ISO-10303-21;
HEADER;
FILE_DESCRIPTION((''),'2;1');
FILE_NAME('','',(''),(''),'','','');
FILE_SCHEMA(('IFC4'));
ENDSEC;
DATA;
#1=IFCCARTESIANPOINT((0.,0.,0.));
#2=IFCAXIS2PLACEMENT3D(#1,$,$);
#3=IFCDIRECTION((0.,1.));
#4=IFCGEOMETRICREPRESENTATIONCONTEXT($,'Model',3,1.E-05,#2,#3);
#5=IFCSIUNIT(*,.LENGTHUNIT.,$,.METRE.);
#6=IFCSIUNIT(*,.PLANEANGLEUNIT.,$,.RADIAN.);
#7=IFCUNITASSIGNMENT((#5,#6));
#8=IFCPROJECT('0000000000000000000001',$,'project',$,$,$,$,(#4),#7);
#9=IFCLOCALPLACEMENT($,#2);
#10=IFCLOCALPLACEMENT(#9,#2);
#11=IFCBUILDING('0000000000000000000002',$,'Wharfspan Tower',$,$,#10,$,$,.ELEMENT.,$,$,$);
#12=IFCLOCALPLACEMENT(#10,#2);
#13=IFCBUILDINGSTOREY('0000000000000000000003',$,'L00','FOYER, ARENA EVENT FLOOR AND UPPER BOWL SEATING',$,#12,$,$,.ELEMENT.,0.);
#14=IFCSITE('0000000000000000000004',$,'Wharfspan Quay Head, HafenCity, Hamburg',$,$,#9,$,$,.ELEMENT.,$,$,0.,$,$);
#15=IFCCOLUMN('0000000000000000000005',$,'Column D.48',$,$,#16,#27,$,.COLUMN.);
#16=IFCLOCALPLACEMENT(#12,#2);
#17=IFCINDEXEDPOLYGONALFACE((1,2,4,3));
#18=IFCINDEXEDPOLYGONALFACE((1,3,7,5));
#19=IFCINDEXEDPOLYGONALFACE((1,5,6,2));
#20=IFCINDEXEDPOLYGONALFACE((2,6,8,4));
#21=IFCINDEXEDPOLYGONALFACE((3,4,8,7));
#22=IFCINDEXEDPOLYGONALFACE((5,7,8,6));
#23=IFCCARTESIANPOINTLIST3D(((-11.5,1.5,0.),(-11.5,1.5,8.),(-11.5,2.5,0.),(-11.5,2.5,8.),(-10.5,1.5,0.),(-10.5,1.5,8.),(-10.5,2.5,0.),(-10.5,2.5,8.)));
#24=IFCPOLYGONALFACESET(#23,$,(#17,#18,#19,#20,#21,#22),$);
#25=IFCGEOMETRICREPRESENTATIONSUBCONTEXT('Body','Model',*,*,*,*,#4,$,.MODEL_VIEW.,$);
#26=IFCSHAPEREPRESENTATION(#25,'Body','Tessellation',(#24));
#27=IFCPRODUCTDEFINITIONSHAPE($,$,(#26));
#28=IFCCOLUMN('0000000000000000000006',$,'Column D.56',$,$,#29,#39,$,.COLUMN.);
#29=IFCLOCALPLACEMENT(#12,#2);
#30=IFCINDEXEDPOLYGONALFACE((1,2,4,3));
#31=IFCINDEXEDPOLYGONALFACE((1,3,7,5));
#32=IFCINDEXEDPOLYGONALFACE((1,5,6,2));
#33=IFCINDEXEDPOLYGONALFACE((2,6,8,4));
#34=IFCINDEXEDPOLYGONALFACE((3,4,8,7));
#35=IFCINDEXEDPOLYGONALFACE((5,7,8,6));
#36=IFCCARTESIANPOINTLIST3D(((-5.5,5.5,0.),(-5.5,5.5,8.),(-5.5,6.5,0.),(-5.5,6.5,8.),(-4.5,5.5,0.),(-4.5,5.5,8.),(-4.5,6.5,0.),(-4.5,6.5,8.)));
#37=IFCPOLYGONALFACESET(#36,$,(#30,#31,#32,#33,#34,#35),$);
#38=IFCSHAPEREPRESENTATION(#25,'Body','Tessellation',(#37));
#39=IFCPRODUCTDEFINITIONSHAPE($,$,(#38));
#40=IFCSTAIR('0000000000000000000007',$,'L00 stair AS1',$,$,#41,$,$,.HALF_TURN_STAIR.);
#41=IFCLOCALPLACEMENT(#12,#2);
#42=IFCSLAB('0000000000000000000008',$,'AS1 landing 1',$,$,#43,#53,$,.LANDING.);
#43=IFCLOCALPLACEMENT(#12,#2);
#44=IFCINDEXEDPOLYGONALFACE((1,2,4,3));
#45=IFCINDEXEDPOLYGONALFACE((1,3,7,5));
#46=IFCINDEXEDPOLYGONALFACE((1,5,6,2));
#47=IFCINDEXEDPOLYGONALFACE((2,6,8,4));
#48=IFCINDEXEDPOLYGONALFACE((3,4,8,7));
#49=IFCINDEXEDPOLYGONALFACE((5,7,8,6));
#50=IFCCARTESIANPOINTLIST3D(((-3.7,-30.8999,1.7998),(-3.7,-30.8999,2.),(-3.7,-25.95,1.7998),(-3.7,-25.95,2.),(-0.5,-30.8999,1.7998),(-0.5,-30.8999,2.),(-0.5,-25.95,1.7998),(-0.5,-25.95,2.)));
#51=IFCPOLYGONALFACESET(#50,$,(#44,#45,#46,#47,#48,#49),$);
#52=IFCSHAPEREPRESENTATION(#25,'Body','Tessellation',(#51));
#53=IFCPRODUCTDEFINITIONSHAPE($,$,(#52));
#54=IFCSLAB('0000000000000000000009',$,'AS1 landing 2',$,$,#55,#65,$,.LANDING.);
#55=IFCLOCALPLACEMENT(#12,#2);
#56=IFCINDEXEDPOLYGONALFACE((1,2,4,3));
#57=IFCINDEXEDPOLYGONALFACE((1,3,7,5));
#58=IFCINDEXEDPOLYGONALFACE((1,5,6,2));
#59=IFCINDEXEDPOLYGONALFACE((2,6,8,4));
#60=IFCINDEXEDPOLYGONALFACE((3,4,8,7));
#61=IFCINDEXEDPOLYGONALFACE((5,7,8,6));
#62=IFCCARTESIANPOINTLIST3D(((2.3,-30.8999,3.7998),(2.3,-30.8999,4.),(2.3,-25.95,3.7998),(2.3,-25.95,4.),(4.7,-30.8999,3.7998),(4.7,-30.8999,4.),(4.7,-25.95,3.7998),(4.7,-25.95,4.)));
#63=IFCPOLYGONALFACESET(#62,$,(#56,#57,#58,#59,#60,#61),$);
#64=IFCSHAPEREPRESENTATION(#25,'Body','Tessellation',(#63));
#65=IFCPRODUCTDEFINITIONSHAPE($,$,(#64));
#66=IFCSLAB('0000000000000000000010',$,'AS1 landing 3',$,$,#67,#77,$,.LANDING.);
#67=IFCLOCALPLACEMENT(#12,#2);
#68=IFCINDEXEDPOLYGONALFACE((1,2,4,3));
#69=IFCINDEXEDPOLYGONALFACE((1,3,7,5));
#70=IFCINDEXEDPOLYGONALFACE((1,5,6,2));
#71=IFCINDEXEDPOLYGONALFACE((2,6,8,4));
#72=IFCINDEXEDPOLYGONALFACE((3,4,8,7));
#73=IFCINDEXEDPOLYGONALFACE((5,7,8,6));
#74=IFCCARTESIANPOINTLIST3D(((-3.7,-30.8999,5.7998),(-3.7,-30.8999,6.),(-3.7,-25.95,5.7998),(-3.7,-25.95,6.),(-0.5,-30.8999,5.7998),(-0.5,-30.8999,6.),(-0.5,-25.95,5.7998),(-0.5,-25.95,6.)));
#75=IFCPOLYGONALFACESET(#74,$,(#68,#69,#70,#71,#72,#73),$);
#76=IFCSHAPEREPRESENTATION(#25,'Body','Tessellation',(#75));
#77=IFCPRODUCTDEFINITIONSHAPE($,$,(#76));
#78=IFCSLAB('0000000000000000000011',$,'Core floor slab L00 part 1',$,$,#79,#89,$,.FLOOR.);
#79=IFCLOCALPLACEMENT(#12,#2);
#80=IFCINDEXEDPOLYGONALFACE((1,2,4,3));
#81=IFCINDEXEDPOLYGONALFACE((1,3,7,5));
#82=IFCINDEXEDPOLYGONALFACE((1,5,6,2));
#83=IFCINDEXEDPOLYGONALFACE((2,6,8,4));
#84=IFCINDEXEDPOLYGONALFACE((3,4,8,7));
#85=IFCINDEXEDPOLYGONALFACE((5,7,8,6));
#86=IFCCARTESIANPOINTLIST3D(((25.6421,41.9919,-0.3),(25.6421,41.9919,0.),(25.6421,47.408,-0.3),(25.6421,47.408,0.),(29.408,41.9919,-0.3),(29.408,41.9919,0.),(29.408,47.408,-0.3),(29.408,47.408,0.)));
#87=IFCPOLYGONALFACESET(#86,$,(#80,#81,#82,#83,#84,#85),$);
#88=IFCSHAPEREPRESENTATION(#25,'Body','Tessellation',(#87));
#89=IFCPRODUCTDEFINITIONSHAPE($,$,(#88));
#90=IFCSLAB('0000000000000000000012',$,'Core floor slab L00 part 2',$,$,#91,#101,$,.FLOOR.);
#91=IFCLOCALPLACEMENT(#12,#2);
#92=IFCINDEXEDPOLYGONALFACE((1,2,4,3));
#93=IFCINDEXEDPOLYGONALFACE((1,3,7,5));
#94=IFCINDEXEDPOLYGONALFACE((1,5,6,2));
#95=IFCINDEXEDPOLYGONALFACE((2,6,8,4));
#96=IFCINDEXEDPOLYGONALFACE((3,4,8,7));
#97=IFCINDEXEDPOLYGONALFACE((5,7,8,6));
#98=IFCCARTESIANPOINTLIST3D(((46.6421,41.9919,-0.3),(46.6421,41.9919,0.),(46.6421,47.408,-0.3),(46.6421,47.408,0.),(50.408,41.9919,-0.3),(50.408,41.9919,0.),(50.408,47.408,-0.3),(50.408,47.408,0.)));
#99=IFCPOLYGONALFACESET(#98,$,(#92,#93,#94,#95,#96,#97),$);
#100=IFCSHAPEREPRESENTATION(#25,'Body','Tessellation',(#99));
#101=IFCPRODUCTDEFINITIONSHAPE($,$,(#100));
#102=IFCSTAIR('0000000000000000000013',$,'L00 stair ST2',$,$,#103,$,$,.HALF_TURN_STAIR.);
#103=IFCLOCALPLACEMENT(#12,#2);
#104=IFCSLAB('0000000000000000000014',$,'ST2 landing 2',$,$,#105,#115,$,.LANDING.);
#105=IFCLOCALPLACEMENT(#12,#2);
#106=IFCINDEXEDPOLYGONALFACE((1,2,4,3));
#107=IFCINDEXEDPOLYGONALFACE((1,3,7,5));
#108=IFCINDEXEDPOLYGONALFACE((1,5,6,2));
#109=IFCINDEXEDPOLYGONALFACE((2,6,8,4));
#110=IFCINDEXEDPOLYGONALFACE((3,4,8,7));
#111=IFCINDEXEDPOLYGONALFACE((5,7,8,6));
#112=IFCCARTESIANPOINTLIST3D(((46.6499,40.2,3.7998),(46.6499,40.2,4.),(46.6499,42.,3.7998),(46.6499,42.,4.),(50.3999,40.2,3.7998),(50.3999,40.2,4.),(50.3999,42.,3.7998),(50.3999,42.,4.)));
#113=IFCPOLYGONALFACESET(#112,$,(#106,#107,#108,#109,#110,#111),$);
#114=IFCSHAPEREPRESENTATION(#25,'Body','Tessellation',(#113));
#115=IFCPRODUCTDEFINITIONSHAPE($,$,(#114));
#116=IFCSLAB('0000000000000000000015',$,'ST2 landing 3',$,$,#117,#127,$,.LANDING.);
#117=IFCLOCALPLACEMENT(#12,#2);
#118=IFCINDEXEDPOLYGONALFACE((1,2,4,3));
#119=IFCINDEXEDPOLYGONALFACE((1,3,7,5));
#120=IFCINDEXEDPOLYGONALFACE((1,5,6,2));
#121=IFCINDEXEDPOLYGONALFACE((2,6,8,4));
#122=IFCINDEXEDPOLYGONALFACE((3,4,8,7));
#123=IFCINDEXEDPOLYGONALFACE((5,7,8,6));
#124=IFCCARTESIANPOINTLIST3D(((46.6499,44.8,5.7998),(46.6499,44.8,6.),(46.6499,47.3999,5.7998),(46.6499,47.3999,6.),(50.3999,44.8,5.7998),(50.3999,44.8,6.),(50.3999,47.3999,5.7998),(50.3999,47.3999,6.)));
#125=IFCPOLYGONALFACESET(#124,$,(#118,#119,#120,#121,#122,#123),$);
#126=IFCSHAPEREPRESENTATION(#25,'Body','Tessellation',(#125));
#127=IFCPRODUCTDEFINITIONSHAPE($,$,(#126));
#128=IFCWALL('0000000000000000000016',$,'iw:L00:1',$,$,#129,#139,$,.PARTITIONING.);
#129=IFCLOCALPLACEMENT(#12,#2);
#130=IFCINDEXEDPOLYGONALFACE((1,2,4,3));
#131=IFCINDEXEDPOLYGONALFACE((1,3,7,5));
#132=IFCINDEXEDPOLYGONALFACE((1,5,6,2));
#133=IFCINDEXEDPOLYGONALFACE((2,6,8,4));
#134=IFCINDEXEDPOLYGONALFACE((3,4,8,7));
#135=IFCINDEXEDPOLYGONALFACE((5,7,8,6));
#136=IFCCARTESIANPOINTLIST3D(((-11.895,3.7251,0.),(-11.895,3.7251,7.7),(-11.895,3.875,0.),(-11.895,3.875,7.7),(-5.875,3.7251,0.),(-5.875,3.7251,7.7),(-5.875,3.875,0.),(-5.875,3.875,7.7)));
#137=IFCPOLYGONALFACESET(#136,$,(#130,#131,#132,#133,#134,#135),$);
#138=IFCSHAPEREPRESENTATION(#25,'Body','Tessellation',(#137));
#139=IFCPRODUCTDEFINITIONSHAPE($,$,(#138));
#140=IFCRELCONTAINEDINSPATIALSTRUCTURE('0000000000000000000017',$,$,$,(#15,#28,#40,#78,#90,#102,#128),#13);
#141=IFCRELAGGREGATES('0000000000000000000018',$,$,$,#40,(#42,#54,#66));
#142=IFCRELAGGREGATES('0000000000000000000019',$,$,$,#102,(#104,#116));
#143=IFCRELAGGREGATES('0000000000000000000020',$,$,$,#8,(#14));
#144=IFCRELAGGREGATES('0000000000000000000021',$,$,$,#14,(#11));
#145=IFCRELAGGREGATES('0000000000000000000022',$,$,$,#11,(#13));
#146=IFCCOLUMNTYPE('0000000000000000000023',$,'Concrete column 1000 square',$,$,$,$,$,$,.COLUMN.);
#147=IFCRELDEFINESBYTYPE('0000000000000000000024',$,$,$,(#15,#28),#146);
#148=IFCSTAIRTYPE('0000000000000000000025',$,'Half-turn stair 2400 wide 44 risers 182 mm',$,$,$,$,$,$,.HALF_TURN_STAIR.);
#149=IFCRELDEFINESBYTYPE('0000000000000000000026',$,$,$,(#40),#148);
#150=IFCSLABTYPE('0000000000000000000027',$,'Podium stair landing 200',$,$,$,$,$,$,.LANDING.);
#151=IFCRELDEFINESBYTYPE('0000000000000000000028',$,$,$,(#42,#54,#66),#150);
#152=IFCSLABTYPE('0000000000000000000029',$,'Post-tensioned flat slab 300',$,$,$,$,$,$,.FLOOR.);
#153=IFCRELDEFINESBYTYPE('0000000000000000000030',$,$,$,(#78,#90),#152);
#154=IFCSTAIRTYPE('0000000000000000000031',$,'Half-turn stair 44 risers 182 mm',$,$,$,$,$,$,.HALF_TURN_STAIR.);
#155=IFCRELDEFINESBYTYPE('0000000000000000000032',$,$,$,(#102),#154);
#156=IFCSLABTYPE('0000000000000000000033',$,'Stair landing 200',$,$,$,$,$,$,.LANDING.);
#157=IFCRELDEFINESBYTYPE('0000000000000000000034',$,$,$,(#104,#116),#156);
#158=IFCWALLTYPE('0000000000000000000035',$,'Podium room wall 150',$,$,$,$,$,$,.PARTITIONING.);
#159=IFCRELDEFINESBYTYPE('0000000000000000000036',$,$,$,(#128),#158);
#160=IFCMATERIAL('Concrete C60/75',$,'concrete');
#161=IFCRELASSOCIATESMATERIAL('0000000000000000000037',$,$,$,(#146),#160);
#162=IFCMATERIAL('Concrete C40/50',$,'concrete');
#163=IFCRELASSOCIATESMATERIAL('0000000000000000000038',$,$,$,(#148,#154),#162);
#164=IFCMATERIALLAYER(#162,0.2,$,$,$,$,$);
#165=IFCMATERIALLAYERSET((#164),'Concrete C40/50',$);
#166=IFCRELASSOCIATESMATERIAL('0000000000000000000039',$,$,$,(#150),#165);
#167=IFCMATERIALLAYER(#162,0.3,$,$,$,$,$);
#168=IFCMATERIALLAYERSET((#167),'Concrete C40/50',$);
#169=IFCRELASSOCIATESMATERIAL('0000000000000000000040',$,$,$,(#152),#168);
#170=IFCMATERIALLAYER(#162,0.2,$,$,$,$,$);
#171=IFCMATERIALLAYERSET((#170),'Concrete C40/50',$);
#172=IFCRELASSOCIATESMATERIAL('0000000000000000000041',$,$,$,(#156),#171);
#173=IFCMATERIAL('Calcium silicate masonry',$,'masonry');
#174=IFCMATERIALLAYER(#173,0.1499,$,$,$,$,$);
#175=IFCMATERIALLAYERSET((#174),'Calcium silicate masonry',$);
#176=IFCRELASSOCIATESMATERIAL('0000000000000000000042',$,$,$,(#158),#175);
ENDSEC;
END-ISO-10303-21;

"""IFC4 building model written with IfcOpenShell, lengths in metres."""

from ifc_helpers import new_model, si_unit, direction, frame, frame_2d, origin, origin_2d, place, context, subcontext, project, spatial, polyline, rectangle, outline, extrude, material, layer, layer_set, material_profile, profile_set, type_object, element, aggregate, save


model = new_model("IFC4")

# Units and contexts
model_context = context("Model", 3, precision=1e-05, world=origin(), true_north=direction((0.0, 1.0)))
body_context = subcontext(model_context, "Body", "Model", "MODEL_VIEW")
ifc_project = project(units=[si_unit("LENGTHUNIT", "METRE"), si_unit("PLANEANGLEUNIT", "RADIAN")], contexts=[model_context])

# Site, building, storey
site_placement = place(None, origin())
site = spatial("IfcSite", under=ifc_project, at=site_placement, Name="Wharfspan Quay Head, HafenCity, Hamburg", CompositionType="ELEMENT", RefElevation=0.0)
building_placement = place(site_placement, origin())
building = spatial("IfcBuilding", under=site, at=building_placement, Name="Wharfspan Tower", CompositionType="ELEMENT")
storey_placement = place(building_placement, origin())
storey = spatial("IfcBuildingStorey", under=building, at=storey_placement, Name="L00", Description="FOYER, ARENA EVENT FLOOR AND UPPER BOWL SEATING", CompositionType="ELEMENT", Elevation=0.0)

# Columns
ifc_material_1 = material(Name="Concrete C60/75", Category="concrete")
ifc_material_profile = material_profile(ifc_material_1, rectangle(XDim=1.0, YDim=1.0, at=origin_2d()))
ifc_profile_set = profile_set([ifc_material_profile], Name="Concrete C60/75")
column_type = type_object("IfcColumnType", Name="Concrete column 1000 square", PredefinedType="COLUMN", material=ifc_profile_set)
for number, where, z_axis, x_axis, name in (
    (1, (-11.0, 2.0, 0.0), (0.0, 0.0, 1.0), (1.0, 0.0, 0.0), "Column D.48"),
    (2, (-5.0, 6.0, 0.0), (0.0, 0.0, 1.0), (1.0, 0.0, 0.0), "Column D.56"),
):
    element("IfcColumn", number, at=place(storey_placement, frame(where, z_axis=z_axis, x_axis=x_axis)), inside=storey, type_object=column_type, Name=name, PredefinedType="COLUMN", context=body_context, shape_type="SweptSolid", body=[
        extrude(rectangle(XDim=1.0, YDim=1.0, at=origin_2d()), origin(), (0.0, 0.0, 1.0), 8.0),
    ])

# Stair, slabs
ifc_material_2 = material(Name="Concrete C40/50", Category="concrete")
stair_type_1 = type_object("IfcStairType", Name="Half-turn stair 2400 wide 44 risers 182 mm", PredefinedType="HALF_TURN_STAIR", material=ifc_material_2)
stair_1_placement = place(storey_placement, origin())
stair_1 = element("IfcStair", 3, at=stair_1_placement, inside=storey, type_object=stair_type_1, Name="L00 stair AS1", PredefinedType="HALF_TURN_STAIR")
ifc_layer_1 = layer(ifc_material_2, 0.2)
ifc_layer_set_1 = layer_set([ifc_layer_1], Name="Concrete C40/50")
slab_type_1 = type_object("IfcSlabType", Name="Podium stair landing 200", PredefinedType="LANDING", material=ifc_layer_set_1)
slab_1_placement = place(storey_placement, frame((0.0, 0.0, 1.7998)))
slab_1 = element("IfcSlab", 4, at=slab_1_placement, type_object=slab_type_1, Name="AS1 landing 1", PredefinedType="LANDING", context=body_context, shape_type="SweptSolid", body=[
    extrude(outline(polyline([(-0.5, -25.95), (-3.7, -25.95), (-3.7, -30.8999), (-0.5, -30.8999), (-0.5, -25.95)])), origin(), (0.0, 0.0, 1.0), 0.2002),
])
slab_2_placement = place(storey_placement, frame((0.0, 0.0, 3.7998)))
slab_2 = element("IfcSlab", 5, at=slab_2_placement, type_object=slab_type_1, Name="AS1 landing 2", PredefinedType="LANDING", context=body_context, shape_type="SweptSolid", body=[
    extrude(outline(polyline([(4.7, -25.95), (2.3, -25.95), (2.3, -30.8999), (4.7, -30.8999), (4.7, -25.95)])), origin(), (0.0, 0.0, 1.0), 0.2002),
])
slab_3_placement = place(storey_placement, frame((0.0, 0.0, 5.7998)))
slab_3 = element("IfcSlab", 6, at=slab_3_placement, type_object=slab_type_1, Name="AS1 landing 3", PredefinedType="LANDING", context=body_context, shape_type="SweptSolid", body=[
    extrude(outline(polyline([(-0.5, -25.95), (-3.7, -25.95), (-3.7, -30.8999), (-0.5, -30.8999), (-0.5, -25.95)])), origin(), (0.0, 0.0, 1.0), 0.2002),
])
aggregate(stair_1, [slab_1, slab_2, slab_3])

# Slabs
ifc_layer_2 = layer(ifc_material_2, 0.3)
ifc_layer_set_2 = layer_set([ifc_layer_2], Name="Concrete C40/50")
slab_type_2 = type_object("IfcSlabType", Name="Post-tensioned flat slab 300", PredefinedType="FLOOR", material=ifc_layer_set_2)
slab_4_placement = place(storey_placement, frame((0.0, 0.0, -0.3)))
element("IfcSlab", 7, at=slab_4_placement, inside=storey, type_object=slab_type_2, Name="Core floor slab L00 part 1", PredefinedType="FLOOR", context=body_context, shape_type="SweptSolid", body=[
    extrude(outline(polyline([(25.6421, 47.408), (25.6421, 41.9919), (29.408, 41.9919), (29.408, 47.408), (25.6421, 47.408)])), origin(), (0.0, 0.0, 1.0), 0.3),
])
slab_5_placement = place(storey_placement, frame((0.0, 0.0, -0.3)))
element("IfcSlab", 8, at=slab_5_placement, inside=storey, type_object=slab_type_2, Name="Core floor slab L00 part 2", PredefinedType="FLOOR", context=body_context, shape_type="SweptSolid", body=[
    extrude(outline(polyline([(46.6421, 47.408), (46.6421, 41.9919), (50.408, 41.9919), (50.408, 47.408), (46.6421, 47.408)])), origin(), (0.0, 0.0, 1.0), 0.3),
])

# Stair, slabs
stair_type_2 = type_object("IfcStairType", Name="Half-turn stair 44 risers 182 mm", PredefinedType="HALF_TURN_STAIR", material=ifc_material_2)
stair_2_placement = place(storey_placement, origin())
stair_2 = element("IfcStair", 9, at=stair_2_placement, inside=storey, type_object=stair_type_2, Name="L00 stair ST2", PredefinedType="HALF_TURN_STAIR")
ifc_layer_3 = layer(ifc_material_2, 0.2)
ifc_layer_set_3 = layer_set([ifc_layer_3], Name="Concrete C40/50")
slab_type_3 = type_object("IfcSlabType", Name="Stair landing 200", PredefinedType="LANDING", material=ifc_layer_set_3)
slab_6_placement = place(storey_placement, frame((0.0, 0.0, 3.7998)))
slab_6 = element("IfcSlab", 10, at=slab_6_placement, type_object=slab_type_3, Name="ST2 landing 2", PredefinedType="LANDING", context=body_context, shape_type="SweptSolid", body=[
    extrude(outline(polyline([(50.3999, 40.2), (50.3999, 42.0), (46.6499, 42.0), (46.6499, 40.2), (50.3999, 40.2)])), origin(), (0.0, 0.0, 1.0), 0.2002),
])
slab_7_placement = place(storey_placement, frame((0.0, 0.0, 5.7998)))
slab_7 = element("IfcSlab", 11, at=slab_7_placement, type_object=slab_type_3, Name="ST2 landing 3", PredefinedType="LANDING", context=body_context, shape_type="SweptSolid", body=[
    extrude(outline(polyline([(50.3999, 44.8), (50.3999, 47.3999), (46.6499, 47.3999), (46.6499, 44.8), (50.3999, 44.8)])), origin(), (0.0, 0.0, 1.0), 0.2002),
])
aggregate(stair_2, [slab_6, slab_7])

# Wall
ifc_material_3 = material(Name="Calcium silicate masonry", Category="masonry")
ifc_layer_4 = layer(ifc_material_3, 0.1499)
ifc_layer_set_4 = layer_set([ifc_layer_4], Name="Calcium silicate masonry")
wall_type_1 = type_object("IfcWallType", Name="Podium room wall 150", PredefinedType="PARTITIONING", material=ifc_layer_set_4)
wall_1_placement = place(storey_placement, frame((-11.895, 3.8, 0.0), z_axis=(0.0, 0.0, 1.0), x_axis=(1.0, 0.0, 0.0)))
element("IfcWall", 12, at=wall_1_placement, inside=storey, type_object=wall_type_1, Name="iw:L00:1", PredefinedType="PARTITIONING", context=body_context, shape_type="SweptSolid", body=[
    extrude(rectangle(XDim=6.02, YDim=0.1499, at=frame_2d((3.01, 0.0))), origin(), (0.0, 0.0, 1.0), 7.7),
])

save(model, "model.ifc")
